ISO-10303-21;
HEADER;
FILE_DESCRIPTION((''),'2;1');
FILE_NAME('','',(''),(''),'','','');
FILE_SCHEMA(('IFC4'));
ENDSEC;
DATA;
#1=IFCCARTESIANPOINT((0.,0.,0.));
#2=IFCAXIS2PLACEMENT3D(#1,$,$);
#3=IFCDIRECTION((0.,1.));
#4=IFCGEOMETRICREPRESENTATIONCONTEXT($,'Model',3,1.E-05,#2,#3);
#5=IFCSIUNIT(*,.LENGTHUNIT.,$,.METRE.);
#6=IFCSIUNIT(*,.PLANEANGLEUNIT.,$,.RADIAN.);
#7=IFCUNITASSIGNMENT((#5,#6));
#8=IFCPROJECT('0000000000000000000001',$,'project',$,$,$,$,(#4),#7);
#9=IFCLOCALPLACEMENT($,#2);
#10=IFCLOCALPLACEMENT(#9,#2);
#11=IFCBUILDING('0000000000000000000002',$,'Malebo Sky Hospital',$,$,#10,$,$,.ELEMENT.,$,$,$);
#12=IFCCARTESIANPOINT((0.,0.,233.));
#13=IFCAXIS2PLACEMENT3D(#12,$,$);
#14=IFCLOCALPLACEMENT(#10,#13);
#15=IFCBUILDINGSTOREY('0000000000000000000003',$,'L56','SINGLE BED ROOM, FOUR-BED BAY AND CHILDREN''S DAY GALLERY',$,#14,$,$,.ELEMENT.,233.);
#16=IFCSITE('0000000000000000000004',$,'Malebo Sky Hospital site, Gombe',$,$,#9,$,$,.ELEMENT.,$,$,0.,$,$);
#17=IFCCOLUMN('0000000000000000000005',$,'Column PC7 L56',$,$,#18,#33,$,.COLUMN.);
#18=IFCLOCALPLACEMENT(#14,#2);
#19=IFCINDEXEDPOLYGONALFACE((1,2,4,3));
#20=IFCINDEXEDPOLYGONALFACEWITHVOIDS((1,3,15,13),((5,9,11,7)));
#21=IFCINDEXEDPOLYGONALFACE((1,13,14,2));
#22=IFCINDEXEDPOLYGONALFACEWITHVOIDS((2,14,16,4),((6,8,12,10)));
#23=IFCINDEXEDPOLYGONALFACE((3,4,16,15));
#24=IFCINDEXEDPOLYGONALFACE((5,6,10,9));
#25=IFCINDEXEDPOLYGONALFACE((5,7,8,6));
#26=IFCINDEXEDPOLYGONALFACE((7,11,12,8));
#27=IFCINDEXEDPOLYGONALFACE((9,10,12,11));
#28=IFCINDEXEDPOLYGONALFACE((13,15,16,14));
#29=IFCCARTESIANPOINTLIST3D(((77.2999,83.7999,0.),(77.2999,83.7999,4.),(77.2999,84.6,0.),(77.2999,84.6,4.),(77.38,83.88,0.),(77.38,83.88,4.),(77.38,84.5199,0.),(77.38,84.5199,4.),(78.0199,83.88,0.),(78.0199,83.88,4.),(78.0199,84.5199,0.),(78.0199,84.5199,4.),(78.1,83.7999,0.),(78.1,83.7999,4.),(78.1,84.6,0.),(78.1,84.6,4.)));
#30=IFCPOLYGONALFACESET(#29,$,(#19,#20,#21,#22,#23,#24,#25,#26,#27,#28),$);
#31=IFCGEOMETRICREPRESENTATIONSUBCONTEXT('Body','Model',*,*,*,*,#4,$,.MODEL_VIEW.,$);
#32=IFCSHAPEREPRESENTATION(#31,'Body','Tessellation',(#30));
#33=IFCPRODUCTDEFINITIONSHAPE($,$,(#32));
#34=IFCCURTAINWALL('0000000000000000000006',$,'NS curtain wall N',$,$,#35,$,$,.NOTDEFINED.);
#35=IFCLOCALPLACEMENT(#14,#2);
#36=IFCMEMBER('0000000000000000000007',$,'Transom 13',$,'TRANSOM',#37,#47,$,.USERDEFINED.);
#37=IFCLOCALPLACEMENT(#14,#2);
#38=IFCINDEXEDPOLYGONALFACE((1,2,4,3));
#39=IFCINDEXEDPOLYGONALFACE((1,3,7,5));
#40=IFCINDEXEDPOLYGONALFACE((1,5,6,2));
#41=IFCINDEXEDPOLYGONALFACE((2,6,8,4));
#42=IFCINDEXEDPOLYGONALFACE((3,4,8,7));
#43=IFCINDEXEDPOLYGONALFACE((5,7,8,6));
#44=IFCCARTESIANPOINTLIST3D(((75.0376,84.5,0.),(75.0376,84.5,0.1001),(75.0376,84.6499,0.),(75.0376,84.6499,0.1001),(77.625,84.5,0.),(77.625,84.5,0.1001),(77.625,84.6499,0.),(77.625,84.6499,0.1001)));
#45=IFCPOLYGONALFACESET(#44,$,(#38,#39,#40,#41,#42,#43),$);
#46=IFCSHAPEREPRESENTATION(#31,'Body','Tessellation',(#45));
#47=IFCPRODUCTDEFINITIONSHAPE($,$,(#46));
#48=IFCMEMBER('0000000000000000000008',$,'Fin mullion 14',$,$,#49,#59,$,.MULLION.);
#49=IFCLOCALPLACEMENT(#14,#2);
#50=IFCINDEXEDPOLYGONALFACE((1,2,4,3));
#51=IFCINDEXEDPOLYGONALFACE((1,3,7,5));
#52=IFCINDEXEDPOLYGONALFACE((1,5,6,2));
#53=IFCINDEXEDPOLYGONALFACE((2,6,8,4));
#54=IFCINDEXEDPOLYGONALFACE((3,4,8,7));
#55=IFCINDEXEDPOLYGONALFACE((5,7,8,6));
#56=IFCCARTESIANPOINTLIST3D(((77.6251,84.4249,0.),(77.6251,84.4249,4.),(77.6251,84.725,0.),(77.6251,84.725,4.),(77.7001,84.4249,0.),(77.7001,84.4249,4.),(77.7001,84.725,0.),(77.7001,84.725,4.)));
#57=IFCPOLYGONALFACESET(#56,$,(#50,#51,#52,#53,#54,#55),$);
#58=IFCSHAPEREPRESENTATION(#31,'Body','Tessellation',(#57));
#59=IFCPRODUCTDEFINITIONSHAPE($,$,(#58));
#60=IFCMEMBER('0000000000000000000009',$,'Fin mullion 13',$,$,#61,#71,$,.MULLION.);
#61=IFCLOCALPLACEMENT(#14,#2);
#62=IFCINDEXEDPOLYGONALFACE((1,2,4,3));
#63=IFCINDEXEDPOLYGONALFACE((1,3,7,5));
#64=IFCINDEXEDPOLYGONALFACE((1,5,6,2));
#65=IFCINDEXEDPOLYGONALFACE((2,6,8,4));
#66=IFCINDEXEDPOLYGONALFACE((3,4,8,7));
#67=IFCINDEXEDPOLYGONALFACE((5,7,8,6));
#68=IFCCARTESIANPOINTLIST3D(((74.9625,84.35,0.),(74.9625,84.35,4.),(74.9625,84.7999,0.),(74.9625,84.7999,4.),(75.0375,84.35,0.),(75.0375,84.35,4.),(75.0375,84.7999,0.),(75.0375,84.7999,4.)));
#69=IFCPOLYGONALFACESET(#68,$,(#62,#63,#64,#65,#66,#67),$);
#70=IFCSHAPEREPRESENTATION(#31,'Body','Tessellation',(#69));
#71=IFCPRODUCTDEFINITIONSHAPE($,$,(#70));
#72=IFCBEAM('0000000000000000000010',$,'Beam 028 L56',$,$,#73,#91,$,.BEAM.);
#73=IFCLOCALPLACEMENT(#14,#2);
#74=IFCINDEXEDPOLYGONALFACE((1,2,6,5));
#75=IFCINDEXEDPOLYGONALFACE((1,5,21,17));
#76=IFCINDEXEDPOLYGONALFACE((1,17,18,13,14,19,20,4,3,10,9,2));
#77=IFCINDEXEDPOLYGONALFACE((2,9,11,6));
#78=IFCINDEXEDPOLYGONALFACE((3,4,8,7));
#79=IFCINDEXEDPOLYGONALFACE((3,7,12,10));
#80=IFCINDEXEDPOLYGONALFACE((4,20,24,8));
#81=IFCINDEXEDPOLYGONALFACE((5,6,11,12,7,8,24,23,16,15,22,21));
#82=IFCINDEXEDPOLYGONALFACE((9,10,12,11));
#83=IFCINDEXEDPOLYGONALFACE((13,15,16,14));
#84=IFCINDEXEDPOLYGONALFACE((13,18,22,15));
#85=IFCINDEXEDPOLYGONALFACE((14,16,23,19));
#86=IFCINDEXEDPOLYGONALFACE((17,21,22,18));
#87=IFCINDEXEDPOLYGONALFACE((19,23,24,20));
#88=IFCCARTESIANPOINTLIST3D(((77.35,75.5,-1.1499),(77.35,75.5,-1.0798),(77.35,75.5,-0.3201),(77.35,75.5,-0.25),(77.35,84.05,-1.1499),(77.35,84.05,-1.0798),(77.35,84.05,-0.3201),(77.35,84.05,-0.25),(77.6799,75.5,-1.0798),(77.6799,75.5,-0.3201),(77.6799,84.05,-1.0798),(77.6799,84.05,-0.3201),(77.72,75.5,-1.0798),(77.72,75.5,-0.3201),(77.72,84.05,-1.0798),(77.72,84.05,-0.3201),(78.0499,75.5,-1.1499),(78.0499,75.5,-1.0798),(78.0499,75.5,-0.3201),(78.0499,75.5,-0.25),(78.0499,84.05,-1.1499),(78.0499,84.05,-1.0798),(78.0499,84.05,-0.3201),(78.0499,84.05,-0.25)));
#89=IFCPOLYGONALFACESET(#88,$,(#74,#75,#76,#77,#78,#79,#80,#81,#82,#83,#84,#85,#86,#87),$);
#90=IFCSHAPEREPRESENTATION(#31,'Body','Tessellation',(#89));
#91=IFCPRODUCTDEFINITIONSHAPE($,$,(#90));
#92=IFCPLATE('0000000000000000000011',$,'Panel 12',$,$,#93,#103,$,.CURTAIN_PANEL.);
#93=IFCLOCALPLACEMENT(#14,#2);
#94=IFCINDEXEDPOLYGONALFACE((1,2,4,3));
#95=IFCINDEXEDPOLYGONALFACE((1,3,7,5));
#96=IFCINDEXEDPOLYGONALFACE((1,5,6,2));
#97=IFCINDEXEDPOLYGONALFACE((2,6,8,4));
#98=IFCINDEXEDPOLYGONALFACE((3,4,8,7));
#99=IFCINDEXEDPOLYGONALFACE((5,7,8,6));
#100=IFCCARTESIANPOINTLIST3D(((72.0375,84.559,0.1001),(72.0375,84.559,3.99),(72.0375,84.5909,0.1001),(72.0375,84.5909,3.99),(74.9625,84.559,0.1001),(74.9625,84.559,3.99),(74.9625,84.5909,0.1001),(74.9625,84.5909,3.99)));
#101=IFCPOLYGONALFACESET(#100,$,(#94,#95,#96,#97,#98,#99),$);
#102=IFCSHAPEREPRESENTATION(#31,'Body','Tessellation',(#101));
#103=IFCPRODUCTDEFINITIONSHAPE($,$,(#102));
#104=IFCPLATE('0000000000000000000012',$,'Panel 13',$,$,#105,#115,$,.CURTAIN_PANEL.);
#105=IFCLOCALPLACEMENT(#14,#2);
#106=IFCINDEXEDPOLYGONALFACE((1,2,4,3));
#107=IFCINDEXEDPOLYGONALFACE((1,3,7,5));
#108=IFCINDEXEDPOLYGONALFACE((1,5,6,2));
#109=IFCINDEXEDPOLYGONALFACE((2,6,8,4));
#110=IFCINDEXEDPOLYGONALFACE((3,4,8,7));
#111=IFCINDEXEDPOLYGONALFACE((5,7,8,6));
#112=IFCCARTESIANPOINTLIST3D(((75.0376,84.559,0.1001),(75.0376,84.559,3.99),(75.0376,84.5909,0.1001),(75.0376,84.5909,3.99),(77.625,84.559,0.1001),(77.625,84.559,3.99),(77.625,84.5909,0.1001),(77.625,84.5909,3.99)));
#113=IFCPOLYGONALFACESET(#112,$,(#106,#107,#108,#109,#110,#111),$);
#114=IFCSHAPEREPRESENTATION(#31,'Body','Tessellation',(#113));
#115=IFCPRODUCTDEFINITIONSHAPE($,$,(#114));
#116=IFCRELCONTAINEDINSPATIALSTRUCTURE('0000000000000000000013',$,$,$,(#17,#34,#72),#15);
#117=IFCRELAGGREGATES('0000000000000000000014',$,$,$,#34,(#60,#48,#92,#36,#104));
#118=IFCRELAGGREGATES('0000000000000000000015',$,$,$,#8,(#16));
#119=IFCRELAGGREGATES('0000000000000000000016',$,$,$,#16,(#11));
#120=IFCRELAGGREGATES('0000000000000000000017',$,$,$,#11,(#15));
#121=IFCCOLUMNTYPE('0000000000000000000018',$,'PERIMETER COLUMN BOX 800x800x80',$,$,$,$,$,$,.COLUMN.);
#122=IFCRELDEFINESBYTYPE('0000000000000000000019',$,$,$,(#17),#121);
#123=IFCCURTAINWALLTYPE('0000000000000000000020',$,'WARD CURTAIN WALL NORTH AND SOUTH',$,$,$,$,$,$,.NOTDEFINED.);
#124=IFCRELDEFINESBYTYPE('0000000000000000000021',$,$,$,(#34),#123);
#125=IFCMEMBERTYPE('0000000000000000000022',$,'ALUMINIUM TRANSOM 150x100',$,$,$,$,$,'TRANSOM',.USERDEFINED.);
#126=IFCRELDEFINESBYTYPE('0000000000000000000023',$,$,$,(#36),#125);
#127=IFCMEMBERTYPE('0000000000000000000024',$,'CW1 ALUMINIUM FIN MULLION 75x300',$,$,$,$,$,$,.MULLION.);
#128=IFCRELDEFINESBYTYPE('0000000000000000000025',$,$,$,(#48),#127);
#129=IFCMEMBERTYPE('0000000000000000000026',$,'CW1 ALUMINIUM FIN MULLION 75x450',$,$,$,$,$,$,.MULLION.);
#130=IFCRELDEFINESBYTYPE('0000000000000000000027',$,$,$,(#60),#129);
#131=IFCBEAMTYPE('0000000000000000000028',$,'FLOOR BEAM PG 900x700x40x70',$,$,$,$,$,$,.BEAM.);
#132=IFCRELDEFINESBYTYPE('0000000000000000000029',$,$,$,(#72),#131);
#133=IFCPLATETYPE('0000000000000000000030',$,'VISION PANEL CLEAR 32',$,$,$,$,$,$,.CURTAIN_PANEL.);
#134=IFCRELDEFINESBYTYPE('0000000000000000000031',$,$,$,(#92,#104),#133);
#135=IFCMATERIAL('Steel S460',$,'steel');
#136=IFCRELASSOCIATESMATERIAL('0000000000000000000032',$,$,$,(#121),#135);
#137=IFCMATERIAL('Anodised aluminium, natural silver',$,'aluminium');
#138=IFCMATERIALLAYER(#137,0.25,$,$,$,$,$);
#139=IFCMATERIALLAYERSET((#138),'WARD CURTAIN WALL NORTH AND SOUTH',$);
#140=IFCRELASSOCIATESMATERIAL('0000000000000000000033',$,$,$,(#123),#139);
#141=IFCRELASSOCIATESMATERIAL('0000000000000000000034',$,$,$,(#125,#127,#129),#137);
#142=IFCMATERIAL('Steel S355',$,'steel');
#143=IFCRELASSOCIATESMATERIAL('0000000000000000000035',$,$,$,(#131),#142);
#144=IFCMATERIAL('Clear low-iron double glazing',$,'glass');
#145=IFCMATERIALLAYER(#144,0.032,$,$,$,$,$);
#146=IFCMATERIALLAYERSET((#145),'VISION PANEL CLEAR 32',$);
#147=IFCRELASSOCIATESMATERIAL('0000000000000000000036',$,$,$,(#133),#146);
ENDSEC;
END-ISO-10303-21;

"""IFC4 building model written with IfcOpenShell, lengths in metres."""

from ifc_helpers import new_model, si_unit, direction, frame, origin, origin_2d, place, context, subcontext, project, spatial, rectangle, hollow_rectangle, i_section, extrude, material, layer, layer_set, material_profile, profile_set, type_object, element, aggregate, save


model = new_model("IFC4")

# Units and contexts
model_context = context("Model", 3, precision=1e-05, world=origin(), true_north=direction((0.0, 1.0)))
body_context = subcontext(model_context, "Body", "Model", "MODEL_VIEW")
ifc_project = project(units=[si_unit("LENGTHUNIT", "METRE"), si_unit("PLANEANGLEUNIT", "RADIAN")], contexts=[model_context])

# Site, building, storey
site_placement = place(None, origin())
site = spatial("IfcSite", under=ifc_project, at=site_placement, Name="Malebo Sky Hospital site, Gombe", CompositionType="ELEMENT", RefElevation=0.0)
building_placement = place(site_placement, origin())
building = spatial("IfcBuilding", under=site, at=building_placement, Name="Malebo Sky Hospital", CompositionType="ELEMENT")
storey_placement = place(building_placement, frame((0.0, 0.0, 233.0)))
storey = spatial("IfcBuildingStorey", under=building, at=storey_placement, Name="L56", Description="SINGLE BED ROOM, FOUR-BED BAY AND CHILDREN'S DAY GALLERY", CompositionType="ELEMENT", Elevation=233.0)

# Column
ifc_material_1 = material(Name="Steel S460", Category="steel")
ifc_material_profile_1 = material_profile(ifc_material_1, hollow_rectangle(XDim=0.8, YDim=0.8, WallThickness=0.0801, at=origin_2d()), Name="BOX 800x800x80")
ifc_profile_set_1 = profile_set([ifc_material_profile_1], Name="Steel S460")
column_type = type_object("IfcColumnType", Name="PERIMETER COLUMN BOX 800x800x80", PredefinedType="COLUMN", material=ifc_profile_set_1)
column_placement = place(storey_placement, frame((77.7, 84.2, 0.0), z_axis=(0.0, 0.0, 1.0), x_axis=(1.0, 0.0, 0.0)))
element("IfcColumn", 1, at=column_placement, inside=storey, type_object=column_type, Name="Column PC7 L56", PredefinedType="COLUMN", context=body_context, shape_type="SweptSolid", body=[
    extrude(hollow_rectangle(XDim=0.8, YDim=0.8, WallThickness=0.0801, at=origin_2d()), origin(), (0.0, 0.0, 1.0), 4.0),
])

# Curtain wall, members
ifc_material_2 = material(Name="Anodised aluminium, natural silver", Category="aluminium")
ifc_layer_1 = layer(ifc_material_2, 0.25)
ifc_layer_set_1 = layer_set([ifc_layer_1], Name="WARD CURTAIN WALL NORTH AND SOUTH")
curtain_wall_type = type_object("IfcCurtainWallType", Name="WARD CURTAIN WALL NORTH AND SOUTH", PredefinedType="NOTDEFINED", material=ifc_layer_set_1)
curtain_wall_placement = place(storey_placement, origin())
curtain_wall = element("IfcCurtainWall", 2, at=curtain_wall_placement, inside=storey, type_object=curtain_wall_type, Name="NS curtain wall N", PredefinedType="NOTDEFINED")
ifc_material_profile_2 = material_profile(ifc_material_2, rectangle(XDim=0.1499, YDim=0.1001, at=origin_2d()), Name="ALUMINIUM TRANSOM 150x100")
ifc_profile_set_2 = profile_set([ifc_material_profile_2], Name="Anodised aluminium, natural silver")
member_type_1 = type_object("IfcMemberType", Name="ALUMINIUM TRANSOM 150x100", ElementType="TRANSOM", PredefinedType="USERDEFINED", material=ifc_profile_set_2)
member_1_placement = place(storey_placement, frame((75.0376, 84.575, 0.05), z_axis=(1.0, 0.0, 0.0), x_axis=(0.0, 1.0, 0.0)))
member_1 = element("IfcMember", 3, at=member_1_placement, type_object=member_type_1, Name="Transom 13", ObjectType="TRANSOM", PredefinedType="USERDEFINED", context=body_context, shape_type="SweptSolid", body=[
    extrude(rectangle(XDim=0.1499, YDim=0.1001, at=origin_2d()), origin(), (0.0, 0.0, 1.0), 2.5874),
])
ifc_material_profile_3 = material_profile(ifc_material_2, rectangle(XDim=0.075, YDim=0.3, at=origin_2d()), Name="CW1 ALUMINIUM FIN MULLION 75x300")
ifc_profile_set_3 = profile_set([ifc_material_profile_3], Name="Anodised aluminium, natural silver")
member_type_2 = type_object("IfcMemberType", Name="CW1 ALUMINIUM FIN MULLION 75x300", PredefinedType="MULLION", material=ifc_profile_set_3)
member_2_placement = place(storey_placement, frame((77.6626, 84.575, 0.0), z_axis=(0.0, 0.0, 1.0), x_axis=(1.0, 0.0, 0.0)))
member_2 = element("IfcMember", 4, at=member_2_placement, type_object=member_type_2, Name="Fin mullion 14", PredefinedType="MULLION", context=body_context, shape_type="SweptSolid", body=[
    extrude(rectangle(XDim=0.075, YDim=0.3, at=origin_2d()), origin(), (0.0, 0.0, 1.0), 4.0),
])
ifc_material_profile_4 = material_profile(ifc_material_2, rectangle(XDim=0.075, YDim=0.45, at=origin_2d()), Name="CW1 ALUMINIUM FIN MULLION 75x450")
ifc_profile_set_4 = profile_set([ifc_material_profile_4], Name="Anodised aluminium, natural silver")
member_type_3 = type_object("IfcMemberType", Name="CW1 ALUMINIUM FIN MULLION 75x450", PredefinedType="MULLION", material=ifc_profile_set_4)
member_3_placement = place(storey_placement, frame((75.0, 84.575, 0.0), z_axis=(0.0, 0.0, 1.0), x_axis=(1.0, 0.0, 0.0)))
member_3 = element("IfcMember", 5, at=member_3_placement, type_object=member_type_3, Name="Fin mullion 13", PredefinedType="MULLION", context=body_context, shape_type="SweptSolid", body=[
    extrude(rectangle(XDim=0.075, YDim=0.45, at=origin_2d()), origin(), (0.0, 0.0, 1.0), 4.0),
])

# Beam
ifc_material_3 = material(Name="Steel S355", Category="steel")
ifc_material_profile_5 = material_profile(ifc_material_3, i_section(OverallWidth=0.7, OverallDepth=0.8999, WebThickness=0.04, FlangeThickness=0.0701, at=origin_2d()), Name="PG 900x700x40x70")
ifc_profile_set_5 = profile_set([ifc_material_profile_5], Name="Steel S355")
beam_type = type_object("IfcBeamType", Name="FLOOR BEAM PG 900x700x40x70", PredefinedType="BEAM", material=ifc_profile_set_5)
beam_placement = place(storey_placement, frame((77.7, 75.5, -0.7), z_axis=(0.0, 1.0, 0.0), x_axis=(-1.0, 0.0, 0.0)))
element("IfcBeam", 6, at=beam_placement, inside=storey, type_object=beam_type, Name="Beam 028 L56", PredefinedType="BEAM", context=body_context, shape_type="SweptSolid", body=[
    extrude(i_section(OverallWidth=0.7, OverallDepth=0.8999, WebThickness=0.04, FlangeThickness=0.0701, at=origin_2d()), origin(), (0.0, 0.0, 1.0), 8.55),
])

# Plates
ifc_material_4 = material(Name="Clear low-iron double glazing", Category="glass")
ifc_layer_2 = layer(ifc_material_4, 0.032)
ifc_layer_set_2 = layer_set([ifc_layer_2], Name="VISION PANEL CLEAR 32")
plate_type = type_object("IfcPlateType", Name="VISION PANEL CLEAR 32", PredefinedType="CURTAIN_PANEL", material=ifc_layer_set_2)
plate_1_placement = place(storey_placement, frame((73.5, 84.575, 0.1001), z_axis=(0.0, 0.0, 1.0), x_axis=(1.0, 0.0, 0.0)))
plate_1 = element("IfcPlate", 7, at=plate_1_placement, type_object=plate_type, Name="Panel 12", PredefinedType="CURTAIN_PANEL", context=body_context, shape_type="SweptSolid", body=[
    extrude(rectangle(XDim=2.925, YDim=0.032, at=origin_2d()), origin(), (0.0, 0.0, 1.0), 3.8899),
])
plate_2_placement = place(storey_placement, frame((76.3313, 84.575, 0.1001), z_axis=(0.0, 0.0, 1.0), x_axis=(1.0, 0.0, 0.0)))
plate_2 = element("IfcPlate", 8, at=plate_2_placement, type_object=plate_type, Name="Panel 13", PredefinedType="CURTAIN_PANEL", context=body_context, shape_type="SweptSolid", body=[
    extrude(rectangle(XDim=2.5874, YDim=0.032, at=origin_2d()), origin(), (0.0, 0.0, 1.0), 3.8899),
])
aggregate(curtain_wall, [member_3, member_2, plate_1, member_1, plate_2])

save(model, "model.ifc")
